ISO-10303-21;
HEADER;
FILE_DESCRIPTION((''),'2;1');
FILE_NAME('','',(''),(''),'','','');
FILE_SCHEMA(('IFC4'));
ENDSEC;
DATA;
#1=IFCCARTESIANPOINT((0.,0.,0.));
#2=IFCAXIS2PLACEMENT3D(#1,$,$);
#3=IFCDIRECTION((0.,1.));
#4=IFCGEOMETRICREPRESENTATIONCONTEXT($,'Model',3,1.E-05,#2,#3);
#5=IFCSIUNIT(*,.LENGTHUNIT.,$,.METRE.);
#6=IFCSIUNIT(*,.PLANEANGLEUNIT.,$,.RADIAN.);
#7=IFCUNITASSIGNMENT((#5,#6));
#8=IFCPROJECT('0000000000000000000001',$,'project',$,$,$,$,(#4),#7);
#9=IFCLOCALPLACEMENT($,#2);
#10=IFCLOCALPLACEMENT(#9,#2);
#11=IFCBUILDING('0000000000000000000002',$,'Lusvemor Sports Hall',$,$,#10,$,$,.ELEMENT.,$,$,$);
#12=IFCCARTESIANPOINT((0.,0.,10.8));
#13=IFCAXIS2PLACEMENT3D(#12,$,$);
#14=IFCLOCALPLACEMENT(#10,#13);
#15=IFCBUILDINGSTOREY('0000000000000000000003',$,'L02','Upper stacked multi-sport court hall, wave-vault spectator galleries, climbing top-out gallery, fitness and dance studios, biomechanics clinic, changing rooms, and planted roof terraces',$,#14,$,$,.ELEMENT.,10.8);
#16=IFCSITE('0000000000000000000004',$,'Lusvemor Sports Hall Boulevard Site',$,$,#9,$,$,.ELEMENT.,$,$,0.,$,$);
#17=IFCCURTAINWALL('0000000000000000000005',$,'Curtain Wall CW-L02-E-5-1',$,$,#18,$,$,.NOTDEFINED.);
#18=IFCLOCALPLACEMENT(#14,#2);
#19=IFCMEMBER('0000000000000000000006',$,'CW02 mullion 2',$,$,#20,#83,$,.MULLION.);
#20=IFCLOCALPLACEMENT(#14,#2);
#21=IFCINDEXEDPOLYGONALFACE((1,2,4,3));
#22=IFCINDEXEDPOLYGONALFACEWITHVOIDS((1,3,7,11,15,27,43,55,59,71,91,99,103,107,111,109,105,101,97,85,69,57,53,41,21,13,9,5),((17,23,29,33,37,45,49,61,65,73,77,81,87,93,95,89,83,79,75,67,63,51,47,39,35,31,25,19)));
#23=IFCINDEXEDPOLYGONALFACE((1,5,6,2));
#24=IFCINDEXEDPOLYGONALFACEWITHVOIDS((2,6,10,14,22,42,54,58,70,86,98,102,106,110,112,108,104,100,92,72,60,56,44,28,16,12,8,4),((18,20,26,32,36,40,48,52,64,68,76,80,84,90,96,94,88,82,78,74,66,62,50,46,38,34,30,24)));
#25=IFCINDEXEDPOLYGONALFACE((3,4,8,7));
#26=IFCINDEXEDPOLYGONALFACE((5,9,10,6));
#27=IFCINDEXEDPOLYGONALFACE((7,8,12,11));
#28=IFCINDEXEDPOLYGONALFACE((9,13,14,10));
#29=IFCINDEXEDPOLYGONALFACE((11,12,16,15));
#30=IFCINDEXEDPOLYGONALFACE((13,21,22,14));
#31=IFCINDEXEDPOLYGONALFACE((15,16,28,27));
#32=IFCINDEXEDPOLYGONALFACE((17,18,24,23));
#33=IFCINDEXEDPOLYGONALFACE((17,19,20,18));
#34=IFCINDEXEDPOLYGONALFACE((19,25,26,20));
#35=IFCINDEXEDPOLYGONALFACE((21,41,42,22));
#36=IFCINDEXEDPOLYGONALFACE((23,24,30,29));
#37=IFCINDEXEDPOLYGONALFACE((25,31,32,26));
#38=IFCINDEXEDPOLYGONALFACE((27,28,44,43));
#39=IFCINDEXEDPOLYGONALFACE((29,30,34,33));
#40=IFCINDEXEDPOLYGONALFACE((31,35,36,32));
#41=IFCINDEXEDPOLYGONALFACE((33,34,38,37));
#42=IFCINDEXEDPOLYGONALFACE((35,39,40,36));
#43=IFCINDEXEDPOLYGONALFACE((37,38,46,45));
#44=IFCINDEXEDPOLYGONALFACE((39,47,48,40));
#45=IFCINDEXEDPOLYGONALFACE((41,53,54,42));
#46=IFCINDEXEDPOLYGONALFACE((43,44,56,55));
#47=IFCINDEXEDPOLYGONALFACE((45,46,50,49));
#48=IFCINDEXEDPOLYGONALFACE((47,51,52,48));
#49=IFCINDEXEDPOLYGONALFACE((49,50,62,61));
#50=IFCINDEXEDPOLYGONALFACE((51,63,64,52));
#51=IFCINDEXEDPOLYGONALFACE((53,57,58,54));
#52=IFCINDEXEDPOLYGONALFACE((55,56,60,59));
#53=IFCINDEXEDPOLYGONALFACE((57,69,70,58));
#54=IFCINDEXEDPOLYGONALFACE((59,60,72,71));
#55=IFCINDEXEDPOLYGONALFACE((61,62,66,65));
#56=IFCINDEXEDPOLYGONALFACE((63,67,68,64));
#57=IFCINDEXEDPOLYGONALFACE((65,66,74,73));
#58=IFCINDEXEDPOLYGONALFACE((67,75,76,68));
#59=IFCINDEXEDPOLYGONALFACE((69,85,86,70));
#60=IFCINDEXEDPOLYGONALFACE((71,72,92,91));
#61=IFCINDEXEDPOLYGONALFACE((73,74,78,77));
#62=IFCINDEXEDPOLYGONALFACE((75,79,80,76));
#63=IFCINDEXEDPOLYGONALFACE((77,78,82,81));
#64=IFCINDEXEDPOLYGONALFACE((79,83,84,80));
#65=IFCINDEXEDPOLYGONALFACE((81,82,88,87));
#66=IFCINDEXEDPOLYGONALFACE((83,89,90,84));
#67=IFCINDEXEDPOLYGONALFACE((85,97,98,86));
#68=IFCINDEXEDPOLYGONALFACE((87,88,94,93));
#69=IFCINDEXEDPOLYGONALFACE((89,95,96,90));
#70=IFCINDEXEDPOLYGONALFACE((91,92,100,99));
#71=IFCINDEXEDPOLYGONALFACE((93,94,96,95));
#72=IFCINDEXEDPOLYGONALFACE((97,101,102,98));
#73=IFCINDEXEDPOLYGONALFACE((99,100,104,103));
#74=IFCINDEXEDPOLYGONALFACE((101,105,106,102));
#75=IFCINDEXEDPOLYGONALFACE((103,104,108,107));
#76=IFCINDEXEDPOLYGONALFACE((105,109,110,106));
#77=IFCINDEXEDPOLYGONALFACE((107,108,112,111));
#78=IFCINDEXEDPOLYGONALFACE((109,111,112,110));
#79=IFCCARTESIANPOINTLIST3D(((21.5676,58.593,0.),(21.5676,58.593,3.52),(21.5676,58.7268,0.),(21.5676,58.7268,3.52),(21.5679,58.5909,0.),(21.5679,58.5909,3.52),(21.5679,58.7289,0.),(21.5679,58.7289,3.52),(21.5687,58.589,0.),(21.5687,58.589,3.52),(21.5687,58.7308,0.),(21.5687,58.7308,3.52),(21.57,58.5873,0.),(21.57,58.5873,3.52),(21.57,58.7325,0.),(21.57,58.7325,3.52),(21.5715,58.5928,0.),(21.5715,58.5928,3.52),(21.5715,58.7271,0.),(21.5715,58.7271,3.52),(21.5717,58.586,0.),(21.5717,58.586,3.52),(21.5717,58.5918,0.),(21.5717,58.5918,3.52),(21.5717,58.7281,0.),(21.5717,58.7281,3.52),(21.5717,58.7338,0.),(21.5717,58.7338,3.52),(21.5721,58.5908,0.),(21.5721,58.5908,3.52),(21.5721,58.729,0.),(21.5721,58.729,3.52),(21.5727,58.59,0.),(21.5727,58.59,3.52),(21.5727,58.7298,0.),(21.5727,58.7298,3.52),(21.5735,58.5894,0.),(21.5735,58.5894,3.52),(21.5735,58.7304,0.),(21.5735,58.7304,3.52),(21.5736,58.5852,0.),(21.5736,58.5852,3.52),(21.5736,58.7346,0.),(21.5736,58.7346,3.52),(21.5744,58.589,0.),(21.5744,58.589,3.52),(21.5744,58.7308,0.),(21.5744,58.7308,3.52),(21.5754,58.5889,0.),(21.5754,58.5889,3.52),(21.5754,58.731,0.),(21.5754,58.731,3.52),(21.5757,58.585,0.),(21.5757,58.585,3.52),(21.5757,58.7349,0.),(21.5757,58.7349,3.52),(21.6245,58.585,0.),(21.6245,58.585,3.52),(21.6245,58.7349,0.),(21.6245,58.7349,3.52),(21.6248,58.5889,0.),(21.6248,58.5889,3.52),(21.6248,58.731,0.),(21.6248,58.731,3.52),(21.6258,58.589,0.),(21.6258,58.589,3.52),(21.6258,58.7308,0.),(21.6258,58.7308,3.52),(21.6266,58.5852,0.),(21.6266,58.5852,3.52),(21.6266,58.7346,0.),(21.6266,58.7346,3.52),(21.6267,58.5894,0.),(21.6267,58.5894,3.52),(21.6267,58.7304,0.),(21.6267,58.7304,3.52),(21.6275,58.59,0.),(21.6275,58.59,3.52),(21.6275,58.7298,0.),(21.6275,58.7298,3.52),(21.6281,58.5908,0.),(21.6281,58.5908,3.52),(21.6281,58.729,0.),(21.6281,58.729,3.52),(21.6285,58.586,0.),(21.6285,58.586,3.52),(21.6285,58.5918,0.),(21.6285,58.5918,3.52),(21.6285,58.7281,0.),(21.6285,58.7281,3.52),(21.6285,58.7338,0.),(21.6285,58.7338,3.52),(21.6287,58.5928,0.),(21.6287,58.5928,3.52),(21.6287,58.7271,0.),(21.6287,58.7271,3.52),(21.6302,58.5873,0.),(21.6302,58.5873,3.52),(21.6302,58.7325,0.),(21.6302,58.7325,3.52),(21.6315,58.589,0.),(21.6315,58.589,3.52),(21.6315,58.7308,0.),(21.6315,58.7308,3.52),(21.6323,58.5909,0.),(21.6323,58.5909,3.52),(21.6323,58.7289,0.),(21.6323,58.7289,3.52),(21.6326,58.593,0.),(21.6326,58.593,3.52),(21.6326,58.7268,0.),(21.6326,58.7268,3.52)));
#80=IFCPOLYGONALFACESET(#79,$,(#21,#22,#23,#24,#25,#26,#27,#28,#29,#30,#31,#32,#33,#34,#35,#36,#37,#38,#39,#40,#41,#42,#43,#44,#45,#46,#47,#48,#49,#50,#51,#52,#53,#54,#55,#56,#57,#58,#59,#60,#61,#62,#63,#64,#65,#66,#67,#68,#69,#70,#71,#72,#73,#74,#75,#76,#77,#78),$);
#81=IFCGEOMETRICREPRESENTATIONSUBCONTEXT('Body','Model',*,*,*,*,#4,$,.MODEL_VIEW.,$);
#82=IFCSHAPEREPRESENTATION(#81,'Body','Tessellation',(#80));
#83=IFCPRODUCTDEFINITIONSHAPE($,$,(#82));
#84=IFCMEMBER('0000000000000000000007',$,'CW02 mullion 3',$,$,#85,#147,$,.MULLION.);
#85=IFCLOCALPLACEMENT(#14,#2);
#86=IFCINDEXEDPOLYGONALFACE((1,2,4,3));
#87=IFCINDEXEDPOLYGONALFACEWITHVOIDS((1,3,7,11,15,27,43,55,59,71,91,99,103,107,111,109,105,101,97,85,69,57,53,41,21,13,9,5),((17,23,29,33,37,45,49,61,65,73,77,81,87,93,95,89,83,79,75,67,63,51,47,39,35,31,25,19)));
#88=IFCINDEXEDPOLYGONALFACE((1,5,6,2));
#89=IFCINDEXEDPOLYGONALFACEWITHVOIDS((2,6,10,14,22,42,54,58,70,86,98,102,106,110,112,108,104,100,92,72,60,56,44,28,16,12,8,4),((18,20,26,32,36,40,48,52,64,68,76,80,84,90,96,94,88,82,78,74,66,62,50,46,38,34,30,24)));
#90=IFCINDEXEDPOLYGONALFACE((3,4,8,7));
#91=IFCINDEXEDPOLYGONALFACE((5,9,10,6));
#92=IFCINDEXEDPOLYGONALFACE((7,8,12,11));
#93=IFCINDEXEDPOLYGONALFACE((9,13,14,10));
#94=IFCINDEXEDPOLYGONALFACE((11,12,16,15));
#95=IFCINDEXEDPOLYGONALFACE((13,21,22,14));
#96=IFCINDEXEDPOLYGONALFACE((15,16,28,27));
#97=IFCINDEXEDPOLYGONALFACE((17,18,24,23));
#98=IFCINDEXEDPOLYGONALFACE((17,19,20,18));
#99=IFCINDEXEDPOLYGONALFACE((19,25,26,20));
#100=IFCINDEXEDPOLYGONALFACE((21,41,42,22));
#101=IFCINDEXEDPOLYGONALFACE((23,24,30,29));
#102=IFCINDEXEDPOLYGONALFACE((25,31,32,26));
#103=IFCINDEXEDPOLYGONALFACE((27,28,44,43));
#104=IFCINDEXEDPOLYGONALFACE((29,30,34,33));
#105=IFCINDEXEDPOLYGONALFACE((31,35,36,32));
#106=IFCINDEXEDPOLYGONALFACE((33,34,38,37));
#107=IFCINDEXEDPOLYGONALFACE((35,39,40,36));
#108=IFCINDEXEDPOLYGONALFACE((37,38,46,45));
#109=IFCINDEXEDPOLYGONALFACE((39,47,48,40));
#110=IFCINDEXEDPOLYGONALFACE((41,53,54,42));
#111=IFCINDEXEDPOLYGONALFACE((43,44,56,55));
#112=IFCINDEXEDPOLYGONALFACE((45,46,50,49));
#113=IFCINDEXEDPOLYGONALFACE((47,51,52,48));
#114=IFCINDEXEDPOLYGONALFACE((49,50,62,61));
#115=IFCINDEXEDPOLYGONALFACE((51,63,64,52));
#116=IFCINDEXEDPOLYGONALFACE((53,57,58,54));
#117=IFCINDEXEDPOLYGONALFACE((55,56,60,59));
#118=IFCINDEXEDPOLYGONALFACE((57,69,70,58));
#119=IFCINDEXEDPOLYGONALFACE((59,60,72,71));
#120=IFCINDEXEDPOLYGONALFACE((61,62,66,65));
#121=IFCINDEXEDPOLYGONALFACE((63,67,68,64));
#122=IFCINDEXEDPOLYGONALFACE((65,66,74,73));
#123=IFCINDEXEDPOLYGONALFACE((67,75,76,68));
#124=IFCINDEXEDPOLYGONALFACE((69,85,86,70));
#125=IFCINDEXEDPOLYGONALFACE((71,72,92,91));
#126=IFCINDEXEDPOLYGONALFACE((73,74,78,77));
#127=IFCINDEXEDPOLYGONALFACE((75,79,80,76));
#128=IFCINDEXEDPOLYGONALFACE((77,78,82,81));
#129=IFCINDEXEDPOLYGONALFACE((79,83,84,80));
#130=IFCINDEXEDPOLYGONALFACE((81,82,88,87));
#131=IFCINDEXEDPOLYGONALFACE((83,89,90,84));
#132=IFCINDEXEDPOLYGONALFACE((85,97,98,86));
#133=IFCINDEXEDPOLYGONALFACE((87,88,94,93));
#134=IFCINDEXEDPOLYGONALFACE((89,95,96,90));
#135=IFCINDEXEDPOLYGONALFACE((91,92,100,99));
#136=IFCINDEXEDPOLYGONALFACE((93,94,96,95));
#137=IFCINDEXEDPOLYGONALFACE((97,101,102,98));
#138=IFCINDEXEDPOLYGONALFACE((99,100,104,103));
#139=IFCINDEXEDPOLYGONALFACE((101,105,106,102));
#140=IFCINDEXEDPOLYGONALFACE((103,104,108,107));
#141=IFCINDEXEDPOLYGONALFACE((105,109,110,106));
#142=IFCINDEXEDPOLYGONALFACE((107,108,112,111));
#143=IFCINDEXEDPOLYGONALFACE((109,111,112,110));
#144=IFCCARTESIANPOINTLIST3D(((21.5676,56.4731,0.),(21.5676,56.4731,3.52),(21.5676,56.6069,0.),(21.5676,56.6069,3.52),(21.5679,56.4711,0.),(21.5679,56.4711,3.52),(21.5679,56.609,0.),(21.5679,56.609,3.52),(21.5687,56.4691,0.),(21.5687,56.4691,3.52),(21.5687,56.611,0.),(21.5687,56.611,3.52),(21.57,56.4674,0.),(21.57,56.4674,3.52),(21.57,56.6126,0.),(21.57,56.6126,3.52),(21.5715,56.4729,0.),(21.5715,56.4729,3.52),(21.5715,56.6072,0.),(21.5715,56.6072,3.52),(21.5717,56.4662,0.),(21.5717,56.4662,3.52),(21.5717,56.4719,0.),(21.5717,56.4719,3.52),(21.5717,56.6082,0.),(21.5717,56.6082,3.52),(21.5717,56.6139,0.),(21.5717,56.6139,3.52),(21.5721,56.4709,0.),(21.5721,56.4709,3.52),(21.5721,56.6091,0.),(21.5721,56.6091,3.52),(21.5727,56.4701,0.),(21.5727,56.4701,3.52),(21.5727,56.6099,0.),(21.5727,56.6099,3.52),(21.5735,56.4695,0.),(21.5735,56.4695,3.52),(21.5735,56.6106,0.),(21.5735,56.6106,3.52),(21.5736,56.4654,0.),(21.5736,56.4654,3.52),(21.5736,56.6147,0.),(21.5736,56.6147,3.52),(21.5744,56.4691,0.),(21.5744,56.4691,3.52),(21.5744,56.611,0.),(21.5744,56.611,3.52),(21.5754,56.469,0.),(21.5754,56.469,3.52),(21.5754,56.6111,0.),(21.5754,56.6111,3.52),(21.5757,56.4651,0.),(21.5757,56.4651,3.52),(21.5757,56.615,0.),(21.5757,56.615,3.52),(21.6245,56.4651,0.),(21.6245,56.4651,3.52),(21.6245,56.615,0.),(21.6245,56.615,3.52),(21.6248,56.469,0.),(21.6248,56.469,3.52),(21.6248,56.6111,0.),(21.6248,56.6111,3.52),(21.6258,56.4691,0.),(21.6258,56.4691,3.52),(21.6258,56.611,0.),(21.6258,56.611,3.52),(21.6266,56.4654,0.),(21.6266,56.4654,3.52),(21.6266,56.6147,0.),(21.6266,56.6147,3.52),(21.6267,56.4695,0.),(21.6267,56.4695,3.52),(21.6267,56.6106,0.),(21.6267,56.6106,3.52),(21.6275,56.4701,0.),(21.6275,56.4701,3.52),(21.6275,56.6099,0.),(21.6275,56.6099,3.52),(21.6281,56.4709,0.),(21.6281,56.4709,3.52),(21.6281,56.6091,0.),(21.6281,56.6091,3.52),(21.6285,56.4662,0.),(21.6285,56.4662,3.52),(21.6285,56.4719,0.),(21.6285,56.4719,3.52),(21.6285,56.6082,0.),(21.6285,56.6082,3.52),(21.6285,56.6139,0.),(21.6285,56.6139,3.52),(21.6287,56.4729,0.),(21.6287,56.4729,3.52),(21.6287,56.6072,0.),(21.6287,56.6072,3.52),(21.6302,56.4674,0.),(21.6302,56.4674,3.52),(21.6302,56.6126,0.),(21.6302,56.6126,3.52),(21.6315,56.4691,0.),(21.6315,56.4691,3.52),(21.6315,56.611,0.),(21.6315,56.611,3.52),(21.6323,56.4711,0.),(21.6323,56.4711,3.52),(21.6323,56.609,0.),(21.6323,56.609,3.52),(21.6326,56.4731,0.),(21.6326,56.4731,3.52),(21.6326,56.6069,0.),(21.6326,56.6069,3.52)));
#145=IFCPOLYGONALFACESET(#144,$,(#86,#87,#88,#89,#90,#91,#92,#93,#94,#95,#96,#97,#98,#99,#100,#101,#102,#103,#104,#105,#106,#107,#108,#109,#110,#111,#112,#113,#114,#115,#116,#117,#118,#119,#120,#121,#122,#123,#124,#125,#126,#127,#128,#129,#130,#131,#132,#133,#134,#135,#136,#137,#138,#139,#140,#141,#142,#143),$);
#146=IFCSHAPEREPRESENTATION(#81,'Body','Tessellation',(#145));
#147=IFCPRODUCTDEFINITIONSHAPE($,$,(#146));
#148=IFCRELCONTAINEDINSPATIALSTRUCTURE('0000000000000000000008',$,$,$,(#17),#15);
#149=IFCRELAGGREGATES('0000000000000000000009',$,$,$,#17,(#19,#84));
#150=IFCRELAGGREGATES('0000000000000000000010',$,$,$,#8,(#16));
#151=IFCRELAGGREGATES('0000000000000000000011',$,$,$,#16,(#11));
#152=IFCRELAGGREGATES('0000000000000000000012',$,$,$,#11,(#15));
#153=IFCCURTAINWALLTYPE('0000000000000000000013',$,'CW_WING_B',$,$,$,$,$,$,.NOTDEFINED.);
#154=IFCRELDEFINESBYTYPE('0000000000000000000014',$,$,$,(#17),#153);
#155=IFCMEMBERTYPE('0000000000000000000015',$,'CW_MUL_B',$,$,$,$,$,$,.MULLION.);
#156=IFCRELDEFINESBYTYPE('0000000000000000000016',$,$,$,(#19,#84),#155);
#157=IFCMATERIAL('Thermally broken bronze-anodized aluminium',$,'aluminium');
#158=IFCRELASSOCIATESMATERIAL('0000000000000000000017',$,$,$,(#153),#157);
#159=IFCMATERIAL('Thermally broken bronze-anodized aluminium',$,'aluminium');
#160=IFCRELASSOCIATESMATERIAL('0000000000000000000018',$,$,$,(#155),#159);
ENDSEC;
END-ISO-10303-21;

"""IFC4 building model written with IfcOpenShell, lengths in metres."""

from ifc_helpers import new_model, si_unit, direction, frame, origin, origin_2d, place, context, subcontext, project, spatial, hollow_rectangle, extrude, material, material_profile, profile_set, type_object, element, aggregate, save


model = new_model("IFC4")

# Units and contexts
model_context = context("Model", 3, precision=1e-05, world=origin(), true_north=direction((0.0, 1.0)))
body_context = subcontext(model_context, "Body", "Model", "MODEL_VIEW")
ifc_project = project(units=[si_unit("LENGTHUNIT", "METRE"), si_unit("PLANEANGLEUNIT", "RADIAN")], contexts=[model_context])

# Site, building, storey
site_placement = place(None, origin())
site = spatial("IfcSite", under=ifc_project, at=site_placement, Name="Lusvemor Sports Hall Boulevard Site", CompositionType="ELEMENT", RefElevation=0.0)
building_placement = place(site_placement, origin())
building = spatial("IfcBuilding", under=site, at=building_placement, Name="Lusvemor Sports Hall", CompositionType="ELEMENT")
storey_placement = place(building_placement, frame((0.0, 0.0, 10.8)))
storey = spatial("IfcBuildingStorey", under=building, at=storey_placement, Name="L02", Description="Upper stacked multi-sport court hall, wave-vault spectator galleries, climbing top-out gallery, fitness and dance studios, biomechanics clinic, changing rooms, and planted roof terraces", CompositionType="ELEMENT", Elevation=10.8)

# Curtain wall, members
ifc_material_1 = material(Name="Thermally broken bronze-anodized aluminium", Category="aluminium")
curtain_wall_type = type_object("IfcCurtainWallType", Name="CW_WING_B", PredefinedType="NOTDEFINED", material=ifc_material_1)
ifc_material_2 = material(Name="Thermally broken bronze-anodized aluminium", Category="aluminium")
ifc_material_profile_1 = material_profile(ifc_material_2, hollow_rectangle(XDim=0.0649, YDim=0.1499, WallThickness=0.0039, InnerFilletRadius=0.0039, OuterFilletRadius=0.0081, at=origin_2d()), Name="CWMUL150x65x4")
ifc_profile_set_1 = profile_set([ifc_material_profile_1], Name="Thermally broken bronze-anodized aluminium")
member_type_1 = type_object("IfcMemberType", Name="CW_MUL_B", PredefinedType="MULLION", material=ifc_profile_set_1)
curtain_wall_1_placement = place(storey_placement, origin())
curtain_wall_1 = element("IfcCurtainWall", 1, at=curtain_wall_1_placement, inside=storey, type_object=curtain_wall_type, Name="Curtain Wall CW-L02-E-5-1", PredefinedType="NOTDEFINED")
member_1_placement = place(storey_placement, frame((21.6001, 58.6599, 0.0), z_axis=(0.0, 0.0, 1.0), x_axis=(1.0, 0.0, 0.0)))
member_1 = element("IfcMember", 2, at=member_1_placement, type_object=member_type_1, Name="CW02 mullion 2", PredefinedType="MULLION", context=body_context, shape_type="SweptSolid", body=[
    extrude(hollow_rectangle(XDim=0.0649, YDim=0.1499, WallThickness=0.0039, InnerFilletRadius=0.0039, OuterFilletRadius=0.0081, at=origin_2d()), origin(), (0.0, 0.0, 1.0), 3.52),
])
member_2_placement = place(storey_placement, frame((21.6001, 56.54, 0.0), z_axis=(0.0, 0.0, 1.0), x_axis=(1.0, 0.0, 0.0)))
member_2 = element("IfcMember", 3, at=member_2_placement, type_object=member_type_1, Name="CW02 mullion 3", PredefinedType="MULLION", context=body_context, shape_type="SweptSolid", body=[
    extrude(hollow_rectangle(XDim=0.0649, YDim=0.1499, WallThickness=0.0039, InnerFilletRadius=0.0039, OuterFilletRadius=0.0081, at=origin_2d()), origin(), (0.0, 0.0, 1.0), 3.52),
])

aggregate(curtain_wall_1, [member_1, member_2])

save(model, "model.ifc")
